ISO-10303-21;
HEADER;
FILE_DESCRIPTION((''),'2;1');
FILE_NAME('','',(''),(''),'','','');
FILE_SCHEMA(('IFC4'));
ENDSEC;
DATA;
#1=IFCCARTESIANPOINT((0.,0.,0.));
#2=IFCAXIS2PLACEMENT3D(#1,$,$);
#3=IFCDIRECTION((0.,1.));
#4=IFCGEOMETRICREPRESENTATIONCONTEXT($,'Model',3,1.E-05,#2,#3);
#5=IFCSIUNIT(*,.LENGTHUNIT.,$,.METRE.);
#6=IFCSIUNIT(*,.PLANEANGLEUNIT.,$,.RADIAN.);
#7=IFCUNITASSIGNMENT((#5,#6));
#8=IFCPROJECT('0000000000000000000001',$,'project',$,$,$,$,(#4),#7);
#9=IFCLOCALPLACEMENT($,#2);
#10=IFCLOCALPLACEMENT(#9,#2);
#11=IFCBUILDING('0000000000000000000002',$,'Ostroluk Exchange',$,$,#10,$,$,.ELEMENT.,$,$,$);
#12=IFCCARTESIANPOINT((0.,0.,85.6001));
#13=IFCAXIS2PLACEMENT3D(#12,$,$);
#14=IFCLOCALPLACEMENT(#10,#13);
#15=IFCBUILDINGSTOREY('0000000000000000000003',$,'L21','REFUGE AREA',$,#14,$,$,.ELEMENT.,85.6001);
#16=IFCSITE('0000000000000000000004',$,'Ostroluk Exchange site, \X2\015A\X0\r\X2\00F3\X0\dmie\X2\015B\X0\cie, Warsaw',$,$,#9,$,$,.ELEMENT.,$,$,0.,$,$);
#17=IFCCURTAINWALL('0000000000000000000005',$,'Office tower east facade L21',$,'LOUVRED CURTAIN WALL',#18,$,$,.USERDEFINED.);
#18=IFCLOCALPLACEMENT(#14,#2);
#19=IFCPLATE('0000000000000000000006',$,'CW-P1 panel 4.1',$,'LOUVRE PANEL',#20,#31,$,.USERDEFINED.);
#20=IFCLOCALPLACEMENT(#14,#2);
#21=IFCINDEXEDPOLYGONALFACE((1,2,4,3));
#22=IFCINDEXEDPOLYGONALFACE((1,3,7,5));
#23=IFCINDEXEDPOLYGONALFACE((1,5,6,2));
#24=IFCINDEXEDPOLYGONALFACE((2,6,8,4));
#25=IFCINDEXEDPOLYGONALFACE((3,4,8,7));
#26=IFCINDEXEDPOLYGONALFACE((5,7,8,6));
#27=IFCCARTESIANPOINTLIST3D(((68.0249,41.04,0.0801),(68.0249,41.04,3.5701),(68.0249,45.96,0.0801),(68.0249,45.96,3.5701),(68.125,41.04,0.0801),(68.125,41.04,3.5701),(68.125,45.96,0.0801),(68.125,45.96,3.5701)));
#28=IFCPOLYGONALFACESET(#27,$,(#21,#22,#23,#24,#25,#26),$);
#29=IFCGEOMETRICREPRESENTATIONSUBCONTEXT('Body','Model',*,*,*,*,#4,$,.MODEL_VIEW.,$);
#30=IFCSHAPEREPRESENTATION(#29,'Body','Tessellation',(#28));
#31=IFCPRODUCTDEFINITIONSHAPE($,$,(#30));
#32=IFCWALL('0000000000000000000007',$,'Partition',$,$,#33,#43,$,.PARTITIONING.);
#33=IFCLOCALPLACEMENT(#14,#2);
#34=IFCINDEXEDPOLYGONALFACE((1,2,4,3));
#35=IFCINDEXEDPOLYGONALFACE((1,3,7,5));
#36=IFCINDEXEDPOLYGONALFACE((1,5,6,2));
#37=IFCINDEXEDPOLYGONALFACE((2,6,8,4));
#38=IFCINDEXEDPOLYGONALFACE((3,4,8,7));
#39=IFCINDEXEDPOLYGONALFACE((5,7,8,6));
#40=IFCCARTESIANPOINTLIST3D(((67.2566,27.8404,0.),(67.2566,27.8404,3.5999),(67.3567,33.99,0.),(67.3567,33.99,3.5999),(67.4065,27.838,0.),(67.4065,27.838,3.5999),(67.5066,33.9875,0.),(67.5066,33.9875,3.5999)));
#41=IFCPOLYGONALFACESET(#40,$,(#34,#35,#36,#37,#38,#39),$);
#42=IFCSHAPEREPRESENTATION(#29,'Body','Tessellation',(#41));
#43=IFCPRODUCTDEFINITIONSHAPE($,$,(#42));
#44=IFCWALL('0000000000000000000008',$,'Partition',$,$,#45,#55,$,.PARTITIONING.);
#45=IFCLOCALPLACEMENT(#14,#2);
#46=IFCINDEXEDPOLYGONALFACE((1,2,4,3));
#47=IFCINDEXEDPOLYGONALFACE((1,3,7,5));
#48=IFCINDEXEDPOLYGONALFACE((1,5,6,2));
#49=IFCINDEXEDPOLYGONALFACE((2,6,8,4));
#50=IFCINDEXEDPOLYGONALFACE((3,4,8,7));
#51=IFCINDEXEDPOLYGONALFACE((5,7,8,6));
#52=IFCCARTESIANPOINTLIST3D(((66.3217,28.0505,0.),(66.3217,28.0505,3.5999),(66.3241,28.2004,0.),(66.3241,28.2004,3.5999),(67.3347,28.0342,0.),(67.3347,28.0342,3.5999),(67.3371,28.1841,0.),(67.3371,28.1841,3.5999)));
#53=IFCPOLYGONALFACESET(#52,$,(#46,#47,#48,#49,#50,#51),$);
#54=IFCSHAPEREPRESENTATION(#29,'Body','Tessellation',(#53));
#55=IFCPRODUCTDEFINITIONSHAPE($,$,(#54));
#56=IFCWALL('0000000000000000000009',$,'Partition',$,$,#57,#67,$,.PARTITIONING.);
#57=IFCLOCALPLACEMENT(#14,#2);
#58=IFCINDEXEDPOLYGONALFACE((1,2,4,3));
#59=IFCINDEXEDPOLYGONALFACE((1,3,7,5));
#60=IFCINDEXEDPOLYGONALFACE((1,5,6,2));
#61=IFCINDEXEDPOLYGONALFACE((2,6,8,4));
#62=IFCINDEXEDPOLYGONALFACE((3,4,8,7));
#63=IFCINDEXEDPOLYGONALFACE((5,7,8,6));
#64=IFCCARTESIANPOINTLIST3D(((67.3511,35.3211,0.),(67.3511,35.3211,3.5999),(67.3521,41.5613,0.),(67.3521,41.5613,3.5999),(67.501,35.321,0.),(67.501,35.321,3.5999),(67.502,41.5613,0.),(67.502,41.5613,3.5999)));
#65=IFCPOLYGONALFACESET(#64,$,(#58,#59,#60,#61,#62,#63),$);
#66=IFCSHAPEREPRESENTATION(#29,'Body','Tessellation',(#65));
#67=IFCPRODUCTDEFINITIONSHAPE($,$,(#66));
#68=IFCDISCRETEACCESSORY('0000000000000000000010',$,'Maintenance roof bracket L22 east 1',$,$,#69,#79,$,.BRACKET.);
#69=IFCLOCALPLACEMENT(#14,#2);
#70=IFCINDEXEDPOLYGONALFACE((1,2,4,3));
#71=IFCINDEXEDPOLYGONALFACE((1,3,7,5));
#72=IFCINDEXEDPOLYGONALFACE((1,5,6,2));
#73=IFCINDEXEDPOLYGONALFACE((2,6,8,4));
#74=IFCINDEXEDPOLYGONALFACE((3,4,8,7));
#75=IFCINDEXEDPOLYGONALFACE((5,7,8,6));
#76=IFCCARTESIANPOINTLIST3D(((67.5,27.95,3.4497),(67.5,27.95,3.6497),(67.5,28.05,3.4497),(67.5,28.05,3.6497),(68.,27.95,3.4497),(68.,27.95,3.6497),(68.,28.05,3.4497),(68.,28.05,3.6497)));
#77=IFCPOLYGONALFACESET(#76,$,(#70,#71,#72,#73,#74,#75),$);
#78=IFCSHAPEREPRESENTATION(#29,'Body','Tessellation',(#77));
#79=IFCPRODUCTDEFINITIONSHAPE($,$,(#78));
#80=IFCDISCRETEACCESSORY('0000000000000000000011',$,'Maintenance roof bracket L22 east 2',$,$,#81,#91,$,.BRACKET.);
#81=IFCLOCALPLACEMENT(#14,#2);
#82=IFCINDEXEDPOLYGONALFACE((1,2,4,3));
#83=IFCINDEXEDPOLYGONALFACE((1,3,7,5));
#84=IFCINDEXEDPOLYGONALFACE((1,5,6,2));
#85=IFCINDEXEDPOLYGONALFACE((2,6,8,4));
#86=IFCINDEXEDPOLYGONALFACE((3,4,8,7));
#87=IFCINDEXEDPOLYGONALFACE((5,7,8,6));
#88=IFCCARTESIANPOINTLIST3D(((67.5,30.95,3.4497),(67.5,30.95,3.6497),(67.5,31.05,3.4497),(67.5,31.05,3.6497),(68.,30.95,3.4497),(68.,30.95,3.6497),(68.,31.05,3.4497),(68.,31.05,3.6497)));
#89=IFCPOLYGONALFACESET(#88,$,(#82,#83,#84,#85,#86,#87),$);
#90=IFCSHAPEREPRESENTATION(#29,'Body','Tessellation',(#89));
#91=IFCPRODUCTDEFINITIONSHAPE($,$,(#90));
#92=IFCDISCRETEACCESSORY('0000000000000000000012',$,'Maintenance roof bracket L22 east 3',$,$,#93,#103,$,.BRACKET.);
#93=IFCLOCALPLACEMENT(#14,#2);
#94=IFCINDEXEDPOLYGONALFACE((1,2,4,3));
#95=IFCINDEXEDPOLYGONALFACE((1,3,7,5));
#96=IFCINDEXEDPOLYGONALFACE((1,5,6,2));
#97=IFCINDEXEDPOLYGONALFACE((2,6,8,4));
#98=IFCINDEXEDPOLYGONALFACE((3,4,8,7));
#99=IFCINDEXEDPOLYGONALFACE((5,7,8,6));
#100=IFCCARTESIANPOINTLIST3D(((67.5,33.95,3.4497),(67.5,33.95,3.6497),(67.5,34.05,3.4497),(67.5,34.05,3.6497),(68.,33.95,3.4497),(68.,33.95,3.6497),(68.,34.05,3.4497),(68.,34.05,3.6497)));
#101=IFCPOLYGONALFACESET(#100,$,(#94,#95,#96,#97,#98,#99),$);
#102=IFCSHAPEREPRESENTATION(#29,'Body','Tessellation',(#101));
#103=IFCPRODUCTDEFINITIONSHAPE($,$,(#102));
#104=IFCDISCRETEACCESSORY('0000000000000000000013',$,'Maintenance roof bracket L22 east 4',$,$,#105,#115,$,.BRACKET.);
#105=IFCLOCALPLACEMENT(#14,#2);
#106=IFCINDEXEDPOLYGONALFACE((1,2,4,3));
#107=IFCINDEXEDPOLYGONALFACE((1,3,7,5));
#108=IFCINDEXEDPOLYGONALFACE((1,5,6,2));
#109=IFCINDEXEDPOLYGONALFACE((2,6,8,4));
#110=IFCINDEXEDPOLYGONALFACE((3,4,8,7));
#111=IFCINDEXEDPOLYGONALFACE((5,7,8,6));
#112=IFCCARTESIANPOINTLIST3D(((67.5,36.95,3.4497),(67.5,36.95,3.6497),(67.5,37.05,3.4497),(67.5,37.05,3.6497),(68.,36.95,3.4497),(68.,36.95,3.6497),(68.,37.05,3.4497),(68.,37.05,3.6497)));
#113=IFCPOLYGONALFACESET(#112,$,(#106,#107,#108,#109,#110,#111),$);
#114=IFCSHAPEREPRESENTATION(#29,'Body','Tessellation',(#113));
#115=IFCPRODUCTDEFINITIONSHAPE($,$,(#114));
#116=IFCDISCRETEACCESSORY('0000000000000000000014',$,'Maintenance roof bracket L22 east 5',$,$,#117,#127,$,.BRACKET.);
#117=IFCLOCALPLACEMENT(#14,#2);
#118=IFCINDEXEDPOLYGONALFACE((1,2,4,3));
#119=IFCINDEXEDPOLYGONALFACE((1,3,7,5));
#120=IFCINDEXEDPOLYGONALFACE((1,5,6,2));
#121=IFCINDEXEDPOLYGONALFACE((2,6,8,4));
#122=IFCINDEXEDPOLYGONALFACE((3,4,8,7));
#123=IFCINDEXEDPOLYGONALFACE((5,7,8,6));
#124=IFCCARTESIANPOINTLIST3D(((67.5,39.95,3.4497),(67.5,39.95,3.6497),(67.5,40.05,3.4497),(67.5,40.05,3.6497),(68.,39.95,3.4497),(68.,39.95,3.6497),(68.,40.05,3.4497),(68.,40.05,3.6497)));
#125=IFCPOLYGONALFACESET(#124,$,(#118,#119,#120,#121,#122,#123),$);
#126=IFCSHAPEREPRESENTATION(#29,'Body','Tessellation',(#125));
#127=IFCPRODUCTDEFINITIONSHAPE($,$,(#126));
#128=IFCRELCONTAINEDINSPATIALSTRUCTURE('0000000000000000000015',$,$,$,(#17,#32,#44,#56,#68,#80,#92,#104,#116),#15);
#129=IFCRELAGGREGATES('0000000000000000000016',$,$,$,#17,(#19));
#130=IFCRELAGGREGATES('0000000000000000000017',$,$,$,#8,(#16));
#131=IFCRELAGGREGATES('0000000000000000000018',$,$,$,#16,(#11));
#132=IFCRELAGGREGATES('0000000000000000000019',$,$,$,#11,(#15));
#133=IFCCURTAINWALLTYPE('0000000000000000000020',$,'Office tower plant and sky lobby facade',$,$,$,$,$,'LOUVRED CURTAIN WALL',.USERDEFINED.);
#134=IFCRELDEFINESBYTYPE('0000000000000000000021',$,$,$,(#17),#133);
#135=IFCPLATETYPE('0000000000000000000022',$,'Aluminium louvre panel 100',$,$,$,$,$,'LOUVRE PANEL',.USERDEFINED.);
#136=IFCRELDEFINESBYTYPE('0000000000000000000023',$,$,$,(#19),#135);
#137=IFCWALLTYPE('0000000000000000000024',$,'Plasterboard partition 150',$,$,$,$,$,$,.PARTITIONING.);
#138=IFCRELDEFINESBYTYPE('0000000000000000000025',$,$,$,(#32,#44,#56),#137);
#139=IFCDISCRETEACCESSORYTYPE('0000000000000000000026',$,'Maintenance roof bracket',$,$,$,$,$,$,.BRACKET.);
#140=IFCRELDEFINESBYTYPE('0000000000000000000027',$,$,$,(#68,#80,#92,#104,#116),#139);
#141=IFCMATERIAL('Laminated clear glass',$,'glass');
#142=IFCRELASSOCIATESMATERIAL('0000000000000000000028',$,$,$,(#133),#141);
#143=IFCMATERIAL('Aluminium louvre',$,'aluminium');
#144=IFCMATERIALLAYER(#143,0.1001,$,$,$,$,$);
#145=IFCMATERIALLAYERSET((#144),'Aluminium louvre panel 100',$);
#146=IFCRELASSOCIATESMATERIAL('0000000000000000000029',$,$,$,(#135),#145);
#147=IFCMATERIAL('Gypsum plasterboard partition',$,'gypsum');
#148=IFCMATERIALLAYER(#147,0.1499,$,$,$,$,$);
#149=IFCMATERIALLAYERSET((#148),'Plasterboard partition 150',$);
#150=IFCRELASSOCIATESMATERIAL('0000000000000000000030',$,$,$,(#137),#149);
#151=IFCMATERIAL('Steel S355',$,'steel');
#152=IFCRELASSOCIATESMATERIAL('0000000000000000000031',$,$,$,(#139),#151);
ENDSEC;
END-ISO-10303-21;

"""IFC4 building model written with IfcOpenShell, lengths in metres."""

from ifc_helpers import new_model, si_unit, direction, frame, frame_2d, origin, origin_2d, place, context, subcontext, project, spatial, rectangle, extrude, material, layer, layer_set, type_object, element, aggregate, save


model = new_model("IFC4")

# Units and contexts
model_context = context("Model", 3, precision=1e-05, world=origin(), true_north=direction((0.0, 1.0)))
body_context = subcontext(model_context, "Body", "Model", "MODEL_VIEW")
ifc_project = project(units=[si_unit("LENGTHUNIT", "METRE"), si_unit("PLANEANGLEUNIT", "RADIAN")], contexts=[model_context])

# Site, building, storey
site_placement = place(None, origin())
site = spatial("IfcSite", under=ifc_project, at=site_placement, Name="Ostroluk Exchange site, Śródmieście, Warsaw", CompositionType="ELEMENT", RefElevation=0.0)
building_placement = place(site_placement, origin())
building = spatial("IfcBuilding", under=site, at=building_placement, Name="Ostroluk Exchange", CompositionType="ELEMENT")
storey_placement = place(building_placement, frame((0.0, 0.0, 85.6001)))
storey = spatial("IfcBuildingStorey", under=building, at=storey_placement, Name="L21", Description="REFUGE AREA", CompositionType="ELEMENT", Elevation=85.6001)

# Curtain wall, plate
ifc_material_1 = material(Name="Laminated clear glass", Category="glass")
curtain_wall_type = type_object("IfcCurtainWallType", Name="Office tower plant and sky lobby facade", ElementType="LOUVRED CURTAIN WALL", PredefinedType="USERDEFINED", material=ifc_material_1)
curtain_wall_placement = place(storey_placement, origin())
curtain_wall = element("IfcCurtainWall", 1, at=curtain_wall_placement, inside=storey, type_object=curtain_wall_type, Name="Office tower east facade L21", ObjectType="LOUVRED CURTAIN WALL", PredefinedType="USERDEFINED")
ifc_material_2 = material(Name="Aluminium louvre", Category="aluminium")
ifc_layer_1 = layer(ifc_material_2, 0.1001)
ifc_layer_set_1 = layer_set([ifc_layer_1], Name="Aluminium louvre panel 100")
plate_type = type_object("IfcPlateType", Name="Aluminium louvre panel 100", ElementType="LOUVRE PANEL", PredefinedType="USERDEFINED", material=ifc_layer_set_1)
plate_1_placement = place(storey_placement, frame((68.075, 43.5, 0.0801), z_axis=(0.0, 0.0, 1.0), x_axis=(0.0, 1.0, 0.0)))
plate_1 = element("IfcPlate", 2, at=plate_1_placement, type_object=plate_type, Name="CW-P1 panel 4.1", ObjectType="LOUVRE PANEL", PredefinedType="USERDEFINED", context=body_context, shape_type="SweptSolid", body=[
    extrude(rectangle(XDim=4.9199, YDim=0.1001, at=origin_2d()), origin(), (0.0, 0.0, 1.0), 3.49),
])
aggregate(curtain_wall, [plate_1])

# Walls
ifc_material_3 = material(Name="Gypsum plasterboard partition", Category="gypsum")
ifc_layer_2 = layer(ifc_material_3, 0.1499)
ifc_layer_set_2 = layer_set([ifc_layer_2], Name="Plasterboard partition 150")
wall_type = type_object("IfcWallType", Name="Plasterboard partition 150", PredefinedType="PARTITIONING", material=ifc_layer_set_2)
wall_1_placement = place(storey_placement, frame((67.4316, 33.9888, 0.0), z_axis=(0.0, 0.0, 1.0), x_axis=(-0.016275, -0.999868, 0.0)))
element("IfcWall", 3, at=wall_1_placement, inside=storey, type_object=wall_type, Name="Partition", PredefinedType="PARTITIONING", context=body_context, shape_type="SweptSolid", body=[
    extrude(rectangle(XDim=6.1504, YDim=0.1499, at=frame_2d((3.0752, 0.0))), origin(), (0.0, 0.0, 1.0), 3.5999),
])
wall_2_placement = place(storey_placement, frame((67.3359, 28.1091, 0.0), z_axis=(0.0, 0.0, 1.0), x_axis=(-0.99987, 0.016146, 0.0)))
element("IfcWall", 4, at=wall_2_placement, inside=storey, type_object=wall_type, Name="Partition", PredefinedType="PARTITIONING", context=body_context, shape_type="SweptSolid", body=[
    extrude(rectangle(XDim=1.0132, YDim=0.1499, at=frame_2d((0.5066, 0.0))), origin(), (0.0, 0.0, 1.0), 3.5999),
])
wall_3_placement = place(storey_placement, frame((67.427, 41.5613, 0.0), z_axis=(0.0, 0.0, 1.0), x_axis=(-0.000156, -1.0, 0.0)))
element("IfcWall", 5, at=wall_3_placement, inside=storey, type_object=wall_type, Name="Partition", PredefinedType="PARTITIONING", context=body_context, shape_type="SweptSolid", body=[
    extrude(rectangle(XDim=6.2402, YDim=0.1499, at=frame_2d((3.1201, 0.0))), origin(), (0.0, 0.0, 1.0), 3.5999),
])

# Discrete accessories
ifc_material_4 = material(Name="Steel S355", Category="steel")
discrete_accessory_type = type_object("IfcDiscreteAccessoryType", Name="Maintenance roof bracket", PredefinedType="BRACKET", material=ifc_material_4)
for number, where, z_axis, x_axis, name in (
    (6, (67.75, 28.0, 3.4497), (0.0, 0.0, 1.0), (1.0, 0.0, 0.0), "Maintenance roof bracket L22 east 1"),
    (7, (67.75, 31.0, 3.4497), (0.0, 0.0, 1.0), (1.0, 0.0, 0.0), "Maintenance roof bracket L22 east 2"),
    (8, (67.75, 34.0, 3.4497), (0.0, 0.0, 1.0), (1.0, 0.0, 0.0), "Maintenance roof bracket L22 east 3"),
    (9, (67.75, 37.0, 3.4497), (0.0, 0.0, 1.0), (1.0, 0.0, 0.0), "Maintenance roof bracket L22 east 4"),
    (10, (67.75, 40.0, 3.4497), (0.0, 0.0, 1.0), (1.0, 0.0, 0.0), "Maintenance roof bracket L22 east 5"),
):
    element("IfcDiscreteAccessory", number, at=place(storey_placement, frame(where, z_axis=z_axis, x_axis=x_axis)), inside=storey, type_object=discrete_accessory_type, Name=name, PredefinedType="BRACKET", context=body_context, shape_type="SweptSolid", body=[
        extrude(rectangle(XDim=0.5, YDim=0.1001, at=origin_2d()), origin(), (0.0, 0.0, 1.0), 0.2),
    ])

save(model, "model.ifc")
